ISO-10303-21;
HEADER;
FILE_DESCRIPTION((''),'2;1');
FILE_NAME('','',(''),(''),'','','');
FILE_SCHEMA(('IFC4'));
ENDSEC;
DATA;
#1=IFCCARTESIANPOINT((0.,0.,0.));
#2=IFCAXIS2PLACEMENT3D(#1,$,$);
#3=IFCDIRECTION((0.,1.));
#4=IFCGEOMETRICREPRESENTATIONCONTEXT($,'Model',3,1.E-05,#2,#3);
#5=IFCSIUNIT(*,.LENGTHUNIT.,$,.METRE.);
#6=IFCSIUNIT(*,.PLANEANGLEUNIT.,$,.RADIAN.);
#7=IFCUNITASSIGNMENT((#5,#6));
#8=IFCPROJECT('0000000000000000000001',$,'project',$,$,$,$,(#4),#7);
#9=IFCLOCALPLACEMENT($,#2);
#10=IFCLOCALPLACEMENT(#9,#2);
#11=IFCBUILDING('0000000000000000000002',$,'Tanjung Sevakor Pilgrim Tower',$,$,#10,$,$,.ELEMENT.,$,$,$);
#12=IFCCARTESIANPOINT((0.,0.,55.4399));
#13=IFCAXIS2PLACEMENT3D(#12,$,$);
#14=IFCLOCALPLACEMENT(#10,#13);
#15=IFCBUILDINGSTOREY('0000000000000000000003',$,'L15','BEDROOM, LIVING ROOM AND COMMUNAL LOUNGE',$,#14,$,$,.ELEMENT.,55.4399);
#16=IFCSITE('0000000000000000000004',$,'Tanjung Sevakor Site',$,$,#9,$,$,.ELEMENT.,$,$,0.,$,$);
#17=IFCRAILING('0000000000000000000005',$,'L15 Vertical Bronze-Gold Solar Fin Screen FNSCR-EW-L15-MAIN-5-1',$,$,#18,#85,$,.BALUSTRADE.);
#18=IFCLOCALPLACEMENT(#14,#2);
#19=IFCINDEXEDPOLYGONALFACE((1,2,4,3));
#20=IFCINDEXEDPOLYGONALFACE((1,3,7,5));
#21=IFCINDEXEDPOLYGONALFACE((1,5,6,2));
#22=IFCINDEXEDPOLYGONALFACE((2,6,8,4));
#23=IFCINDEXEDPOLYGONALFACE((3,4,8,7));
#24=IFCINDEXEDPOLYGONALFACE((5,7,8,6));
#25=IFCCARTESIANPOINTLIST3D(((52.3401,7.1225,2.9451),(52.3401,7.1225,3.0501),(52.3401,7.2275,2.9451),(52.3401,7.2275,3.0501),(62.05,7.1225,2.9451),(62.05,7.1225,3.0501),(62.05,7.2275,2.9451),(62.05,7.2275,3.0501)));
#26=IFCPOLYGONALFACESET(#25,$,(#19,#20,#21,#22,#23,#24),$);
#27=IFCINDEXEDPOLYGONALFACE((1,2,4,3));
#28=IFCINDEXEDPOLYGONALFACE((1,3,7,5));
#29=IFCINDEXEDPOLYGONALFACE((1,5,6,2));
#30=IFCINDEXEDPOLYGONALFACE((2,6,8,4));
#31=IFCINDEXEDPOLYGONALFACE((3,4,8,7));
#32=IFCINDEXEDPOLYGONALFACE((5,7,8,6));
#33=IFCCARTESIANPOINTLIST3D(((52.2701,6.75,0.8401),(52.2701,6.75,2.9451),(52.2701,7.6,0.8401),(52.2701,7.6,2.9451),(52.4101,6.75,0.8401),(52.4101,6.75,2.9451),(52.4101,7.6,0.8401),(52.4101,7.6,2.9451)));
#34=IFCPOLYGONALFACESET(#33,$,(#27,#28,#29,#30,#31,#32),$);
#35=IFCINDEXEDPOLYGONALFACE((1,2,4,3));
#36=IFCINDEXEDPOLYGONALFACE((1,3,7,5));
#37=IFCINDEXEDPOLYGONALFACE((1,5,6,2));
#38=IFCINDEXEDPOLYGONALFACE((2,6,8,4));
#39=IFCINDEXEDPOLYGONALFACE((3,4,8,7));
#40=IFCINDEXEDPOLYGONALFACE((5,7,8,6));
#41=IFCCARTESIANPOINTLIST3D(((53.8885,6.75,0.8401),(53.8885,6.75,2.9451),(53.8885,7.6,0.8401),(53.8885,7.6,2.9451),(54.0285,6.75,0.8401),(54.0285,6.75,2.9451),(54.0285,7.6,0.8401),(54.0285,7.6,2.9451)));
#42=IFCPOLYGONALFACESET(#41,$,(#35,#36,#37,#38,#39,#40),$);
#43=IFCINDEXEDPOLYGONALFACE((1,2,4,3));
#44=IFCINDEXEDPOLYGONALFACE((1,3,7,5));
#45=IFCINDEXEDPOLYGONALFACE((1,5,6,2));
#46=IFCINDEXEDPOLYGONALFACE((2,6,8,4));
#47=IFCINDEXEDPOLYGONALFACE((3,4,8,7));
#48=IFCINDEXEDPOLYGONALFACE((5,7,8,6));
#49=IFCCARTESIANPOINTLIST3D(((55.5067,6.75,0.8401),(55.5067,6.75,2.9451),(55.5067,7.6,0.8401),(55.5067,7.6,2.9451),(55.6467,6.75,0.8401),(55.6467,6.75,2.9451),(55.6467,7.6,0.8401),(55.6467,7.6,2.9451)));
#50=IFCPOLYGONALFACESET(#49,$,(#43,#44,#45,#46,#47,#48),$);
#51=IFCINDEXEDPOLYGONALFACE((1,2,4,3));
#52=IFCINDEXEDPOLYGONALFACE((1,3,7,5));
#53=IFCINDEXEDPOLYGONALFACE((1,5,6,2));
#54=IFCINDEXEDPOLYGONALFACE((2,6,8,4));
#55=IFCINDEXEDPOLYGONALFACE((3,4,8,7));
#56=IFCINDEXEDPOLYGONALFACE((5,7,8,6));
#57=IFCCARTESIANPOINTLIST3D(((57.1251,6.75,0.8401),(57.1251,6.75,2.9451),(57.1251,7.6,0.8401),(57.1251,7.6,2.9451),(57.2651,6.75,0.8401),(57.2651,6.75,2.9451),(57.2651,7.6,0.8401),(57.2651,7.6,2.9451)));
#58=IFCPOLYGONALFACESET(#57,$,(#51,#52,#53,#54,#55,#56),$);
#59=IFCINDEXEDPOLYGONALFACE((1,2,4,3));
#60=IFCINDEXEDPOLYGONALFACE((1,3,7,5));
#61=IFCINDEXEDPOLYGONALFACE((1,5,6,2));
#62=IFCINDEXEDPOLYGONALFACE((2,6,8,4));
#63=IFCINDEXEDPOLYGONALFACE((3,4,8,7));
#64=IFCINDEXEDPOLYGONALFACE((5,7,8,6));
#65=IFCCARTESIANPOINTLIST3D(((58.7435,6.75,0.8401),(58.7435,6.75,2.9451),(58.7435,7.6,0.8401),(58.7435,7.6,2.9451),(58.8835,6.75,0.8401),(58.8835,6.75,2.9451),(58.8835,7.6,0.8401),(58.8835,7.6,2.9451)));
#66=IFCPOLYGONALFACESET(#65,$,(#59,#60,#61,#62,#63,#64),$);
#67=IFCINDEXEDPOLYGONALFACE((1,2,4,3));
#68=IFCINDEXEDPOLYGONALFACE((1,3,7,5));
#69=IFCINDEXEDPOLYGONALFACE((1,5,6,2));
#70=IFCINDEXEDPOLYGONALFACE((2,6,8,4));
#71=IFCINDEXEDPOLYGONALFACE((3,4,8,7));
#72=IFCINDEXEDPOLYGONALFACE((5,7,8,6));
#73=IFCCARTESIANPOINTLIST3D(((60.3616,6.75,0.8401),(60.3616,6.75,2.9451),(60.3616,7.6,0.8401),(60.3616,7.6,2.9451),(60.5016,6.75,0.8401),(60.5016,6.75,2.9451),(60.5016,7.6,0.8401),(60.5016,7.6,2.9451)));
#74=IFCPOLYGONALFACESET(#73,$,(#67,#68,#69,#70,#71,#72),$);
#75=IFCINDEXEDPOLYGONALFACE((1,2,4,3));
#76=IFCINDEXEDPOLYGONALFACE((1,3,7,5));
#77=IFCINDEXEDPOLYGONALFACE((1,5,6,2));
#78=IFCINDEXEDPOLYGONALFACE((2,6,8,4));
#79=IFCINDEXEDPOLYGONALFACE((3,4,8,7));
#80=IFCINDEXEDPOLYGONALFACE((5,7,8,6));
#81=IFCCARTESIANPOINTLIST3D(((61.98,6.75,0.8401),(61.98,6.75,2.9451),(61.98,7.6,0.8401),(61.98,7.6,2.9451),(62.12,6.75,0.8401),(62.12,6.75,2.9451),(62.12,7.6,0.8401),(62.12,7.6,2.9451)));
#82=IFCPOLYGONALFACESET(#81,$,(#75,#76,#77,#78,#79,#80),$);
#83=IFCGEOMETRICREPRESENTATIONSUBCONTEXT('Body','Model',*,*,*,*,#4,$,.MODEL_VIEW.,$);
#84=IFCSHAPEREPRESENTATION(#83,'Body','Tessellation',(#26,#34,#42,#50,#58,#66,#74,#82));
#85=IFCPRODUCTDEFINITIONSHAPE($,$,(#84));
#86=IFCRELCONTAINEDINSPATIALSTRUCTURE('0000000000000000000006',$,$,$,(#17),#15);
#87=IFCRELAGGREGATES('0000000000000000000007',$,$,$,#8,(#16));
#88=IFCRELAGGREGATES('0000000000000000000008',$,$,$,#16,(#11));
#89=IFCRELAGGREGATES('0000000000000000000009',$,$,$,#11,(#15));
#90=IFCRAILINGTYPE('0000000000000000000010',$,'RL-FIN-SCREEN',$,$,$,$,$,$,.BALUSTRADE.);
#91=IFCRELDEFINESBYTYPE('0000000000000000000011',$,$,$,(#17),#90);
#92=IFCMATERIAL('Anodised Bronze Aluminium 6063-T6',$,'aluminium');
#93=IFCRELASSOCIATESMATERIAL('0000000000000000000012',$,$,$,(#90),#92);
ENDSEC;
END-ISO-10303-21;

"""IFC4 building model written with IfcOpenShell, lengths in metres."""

from ifc_helpers import new_model, si_unit, direction, frame, origin, place, context, subcontext, project, spatial, rectangle, extrude, material, type_object, element, save


model = new_model("IFC4")

# Units and contexts
model_context = context("Model", 3, precision=1e-05, world=origin(), true_north=direction((0.0, 1.0)))
body_context = subcontext(model_context, "Body", "Model", "MODEL_VIEW")
ifc_project = project(units=[si_unit("LENGTHUNIT", "METRE"), si_unit("PLANEANGLEUNIT", "RADIAN")], contexts=[model_context])

# Site, building, storey
site_placement = place(None, origin())
site = spatial("IfcSite", under=ifc_project, at=site_placement, Name="Tanjung Sevakor Site", CompositionType="ELEMENT", RefElevation=0.0)
building_placement = place(site_placement, origin())
building = spatial("IfcBuilding", under=site, at=building_placement, Name="Tanjung Sevakor Pilgrim Tower", CompositionType="ELEMENT")
storey_placement = place(building_placement, frame((0.0, 0.0, 55.4399)))
storey = spatial("IfcBuildingStorey", under=building, at=storey_placement, Name="L15", Description="BEDROOM, LIVING ROOM AND COMMUNAL LOUNGE", CompositionType="ELEMENT", Elevation=55.4399)

# Railing
ifc_material_1 = material(Name="Anodised Bronze Aluminium 6063-T6", Category="aluminium")
railing_type = type_object("IfcRailingType", Name="RL-FIN-SCREEN", PredefinedType="BALUSTRADE", material=ifc_material_1)
railing_placement = place(storey_placement, frame((52.3401, 7.175, 0.8401)))
element("IfcRailing", 1, at=railing_placement, inside=storey, type_object=railing_type, Name="L15 Vertical Bronze-Gold Solar Fin Screen FNSCR-EW-L15-MAIN-5-1", PredefinedType="BALUSTRADE", context=body_context, shape_type="SweptSolid", body=[
    extrude(rectangle(XDim=0.105, YDim=0.105), frame((0.0, 0.0, 2.1575), z_axis=(1.0, 0.0, 0.0), x_axis=(0.0, 1.0, 0.0)), (0.0, 0.0, 1.0), 9.71),
    extrude(rectangle(XDim=0.14, YDim=0.85), origin(), (0.0, 0.0, 1.0), 2.105),
    extrude(rectangle(XDim=0.14, YDim=0.85), frame((1.6184, 0.0, 0.0)), (0.0, 0.0, 1.0), 2.105),
    extrude(rectangle(XDim=0.14, YDim=0.85), frame((3.2366, 0.0, 0.0)), (0.0, 0.0, 1.0), 2.105),
    extrude(rectangle(XDim=0.14, YDim=0.85), frame((4.855, 0.0, 0.0)), (0.0, 0.0, 1.0), 2.105),
    extrude(rectangle(XDim=0.14, YDim=0.85), frame((6.4734, 0.0, 0.0)), (0.0, 0.0, 1.0), 2.105),
    extrude(rectangle(XDim=0.14, YDim=0.85), frame((8.0916, 0.0, 0.0)), (0.0, 0.0, 1.0), 2.105),
    extrude(rectangle(XDim=0.14, YDim=0.85), frame((9.71, 0.0, 0.0)), (0.0, 0.0, 1.0), 2.105),
])

save(model, "model.ifc")
